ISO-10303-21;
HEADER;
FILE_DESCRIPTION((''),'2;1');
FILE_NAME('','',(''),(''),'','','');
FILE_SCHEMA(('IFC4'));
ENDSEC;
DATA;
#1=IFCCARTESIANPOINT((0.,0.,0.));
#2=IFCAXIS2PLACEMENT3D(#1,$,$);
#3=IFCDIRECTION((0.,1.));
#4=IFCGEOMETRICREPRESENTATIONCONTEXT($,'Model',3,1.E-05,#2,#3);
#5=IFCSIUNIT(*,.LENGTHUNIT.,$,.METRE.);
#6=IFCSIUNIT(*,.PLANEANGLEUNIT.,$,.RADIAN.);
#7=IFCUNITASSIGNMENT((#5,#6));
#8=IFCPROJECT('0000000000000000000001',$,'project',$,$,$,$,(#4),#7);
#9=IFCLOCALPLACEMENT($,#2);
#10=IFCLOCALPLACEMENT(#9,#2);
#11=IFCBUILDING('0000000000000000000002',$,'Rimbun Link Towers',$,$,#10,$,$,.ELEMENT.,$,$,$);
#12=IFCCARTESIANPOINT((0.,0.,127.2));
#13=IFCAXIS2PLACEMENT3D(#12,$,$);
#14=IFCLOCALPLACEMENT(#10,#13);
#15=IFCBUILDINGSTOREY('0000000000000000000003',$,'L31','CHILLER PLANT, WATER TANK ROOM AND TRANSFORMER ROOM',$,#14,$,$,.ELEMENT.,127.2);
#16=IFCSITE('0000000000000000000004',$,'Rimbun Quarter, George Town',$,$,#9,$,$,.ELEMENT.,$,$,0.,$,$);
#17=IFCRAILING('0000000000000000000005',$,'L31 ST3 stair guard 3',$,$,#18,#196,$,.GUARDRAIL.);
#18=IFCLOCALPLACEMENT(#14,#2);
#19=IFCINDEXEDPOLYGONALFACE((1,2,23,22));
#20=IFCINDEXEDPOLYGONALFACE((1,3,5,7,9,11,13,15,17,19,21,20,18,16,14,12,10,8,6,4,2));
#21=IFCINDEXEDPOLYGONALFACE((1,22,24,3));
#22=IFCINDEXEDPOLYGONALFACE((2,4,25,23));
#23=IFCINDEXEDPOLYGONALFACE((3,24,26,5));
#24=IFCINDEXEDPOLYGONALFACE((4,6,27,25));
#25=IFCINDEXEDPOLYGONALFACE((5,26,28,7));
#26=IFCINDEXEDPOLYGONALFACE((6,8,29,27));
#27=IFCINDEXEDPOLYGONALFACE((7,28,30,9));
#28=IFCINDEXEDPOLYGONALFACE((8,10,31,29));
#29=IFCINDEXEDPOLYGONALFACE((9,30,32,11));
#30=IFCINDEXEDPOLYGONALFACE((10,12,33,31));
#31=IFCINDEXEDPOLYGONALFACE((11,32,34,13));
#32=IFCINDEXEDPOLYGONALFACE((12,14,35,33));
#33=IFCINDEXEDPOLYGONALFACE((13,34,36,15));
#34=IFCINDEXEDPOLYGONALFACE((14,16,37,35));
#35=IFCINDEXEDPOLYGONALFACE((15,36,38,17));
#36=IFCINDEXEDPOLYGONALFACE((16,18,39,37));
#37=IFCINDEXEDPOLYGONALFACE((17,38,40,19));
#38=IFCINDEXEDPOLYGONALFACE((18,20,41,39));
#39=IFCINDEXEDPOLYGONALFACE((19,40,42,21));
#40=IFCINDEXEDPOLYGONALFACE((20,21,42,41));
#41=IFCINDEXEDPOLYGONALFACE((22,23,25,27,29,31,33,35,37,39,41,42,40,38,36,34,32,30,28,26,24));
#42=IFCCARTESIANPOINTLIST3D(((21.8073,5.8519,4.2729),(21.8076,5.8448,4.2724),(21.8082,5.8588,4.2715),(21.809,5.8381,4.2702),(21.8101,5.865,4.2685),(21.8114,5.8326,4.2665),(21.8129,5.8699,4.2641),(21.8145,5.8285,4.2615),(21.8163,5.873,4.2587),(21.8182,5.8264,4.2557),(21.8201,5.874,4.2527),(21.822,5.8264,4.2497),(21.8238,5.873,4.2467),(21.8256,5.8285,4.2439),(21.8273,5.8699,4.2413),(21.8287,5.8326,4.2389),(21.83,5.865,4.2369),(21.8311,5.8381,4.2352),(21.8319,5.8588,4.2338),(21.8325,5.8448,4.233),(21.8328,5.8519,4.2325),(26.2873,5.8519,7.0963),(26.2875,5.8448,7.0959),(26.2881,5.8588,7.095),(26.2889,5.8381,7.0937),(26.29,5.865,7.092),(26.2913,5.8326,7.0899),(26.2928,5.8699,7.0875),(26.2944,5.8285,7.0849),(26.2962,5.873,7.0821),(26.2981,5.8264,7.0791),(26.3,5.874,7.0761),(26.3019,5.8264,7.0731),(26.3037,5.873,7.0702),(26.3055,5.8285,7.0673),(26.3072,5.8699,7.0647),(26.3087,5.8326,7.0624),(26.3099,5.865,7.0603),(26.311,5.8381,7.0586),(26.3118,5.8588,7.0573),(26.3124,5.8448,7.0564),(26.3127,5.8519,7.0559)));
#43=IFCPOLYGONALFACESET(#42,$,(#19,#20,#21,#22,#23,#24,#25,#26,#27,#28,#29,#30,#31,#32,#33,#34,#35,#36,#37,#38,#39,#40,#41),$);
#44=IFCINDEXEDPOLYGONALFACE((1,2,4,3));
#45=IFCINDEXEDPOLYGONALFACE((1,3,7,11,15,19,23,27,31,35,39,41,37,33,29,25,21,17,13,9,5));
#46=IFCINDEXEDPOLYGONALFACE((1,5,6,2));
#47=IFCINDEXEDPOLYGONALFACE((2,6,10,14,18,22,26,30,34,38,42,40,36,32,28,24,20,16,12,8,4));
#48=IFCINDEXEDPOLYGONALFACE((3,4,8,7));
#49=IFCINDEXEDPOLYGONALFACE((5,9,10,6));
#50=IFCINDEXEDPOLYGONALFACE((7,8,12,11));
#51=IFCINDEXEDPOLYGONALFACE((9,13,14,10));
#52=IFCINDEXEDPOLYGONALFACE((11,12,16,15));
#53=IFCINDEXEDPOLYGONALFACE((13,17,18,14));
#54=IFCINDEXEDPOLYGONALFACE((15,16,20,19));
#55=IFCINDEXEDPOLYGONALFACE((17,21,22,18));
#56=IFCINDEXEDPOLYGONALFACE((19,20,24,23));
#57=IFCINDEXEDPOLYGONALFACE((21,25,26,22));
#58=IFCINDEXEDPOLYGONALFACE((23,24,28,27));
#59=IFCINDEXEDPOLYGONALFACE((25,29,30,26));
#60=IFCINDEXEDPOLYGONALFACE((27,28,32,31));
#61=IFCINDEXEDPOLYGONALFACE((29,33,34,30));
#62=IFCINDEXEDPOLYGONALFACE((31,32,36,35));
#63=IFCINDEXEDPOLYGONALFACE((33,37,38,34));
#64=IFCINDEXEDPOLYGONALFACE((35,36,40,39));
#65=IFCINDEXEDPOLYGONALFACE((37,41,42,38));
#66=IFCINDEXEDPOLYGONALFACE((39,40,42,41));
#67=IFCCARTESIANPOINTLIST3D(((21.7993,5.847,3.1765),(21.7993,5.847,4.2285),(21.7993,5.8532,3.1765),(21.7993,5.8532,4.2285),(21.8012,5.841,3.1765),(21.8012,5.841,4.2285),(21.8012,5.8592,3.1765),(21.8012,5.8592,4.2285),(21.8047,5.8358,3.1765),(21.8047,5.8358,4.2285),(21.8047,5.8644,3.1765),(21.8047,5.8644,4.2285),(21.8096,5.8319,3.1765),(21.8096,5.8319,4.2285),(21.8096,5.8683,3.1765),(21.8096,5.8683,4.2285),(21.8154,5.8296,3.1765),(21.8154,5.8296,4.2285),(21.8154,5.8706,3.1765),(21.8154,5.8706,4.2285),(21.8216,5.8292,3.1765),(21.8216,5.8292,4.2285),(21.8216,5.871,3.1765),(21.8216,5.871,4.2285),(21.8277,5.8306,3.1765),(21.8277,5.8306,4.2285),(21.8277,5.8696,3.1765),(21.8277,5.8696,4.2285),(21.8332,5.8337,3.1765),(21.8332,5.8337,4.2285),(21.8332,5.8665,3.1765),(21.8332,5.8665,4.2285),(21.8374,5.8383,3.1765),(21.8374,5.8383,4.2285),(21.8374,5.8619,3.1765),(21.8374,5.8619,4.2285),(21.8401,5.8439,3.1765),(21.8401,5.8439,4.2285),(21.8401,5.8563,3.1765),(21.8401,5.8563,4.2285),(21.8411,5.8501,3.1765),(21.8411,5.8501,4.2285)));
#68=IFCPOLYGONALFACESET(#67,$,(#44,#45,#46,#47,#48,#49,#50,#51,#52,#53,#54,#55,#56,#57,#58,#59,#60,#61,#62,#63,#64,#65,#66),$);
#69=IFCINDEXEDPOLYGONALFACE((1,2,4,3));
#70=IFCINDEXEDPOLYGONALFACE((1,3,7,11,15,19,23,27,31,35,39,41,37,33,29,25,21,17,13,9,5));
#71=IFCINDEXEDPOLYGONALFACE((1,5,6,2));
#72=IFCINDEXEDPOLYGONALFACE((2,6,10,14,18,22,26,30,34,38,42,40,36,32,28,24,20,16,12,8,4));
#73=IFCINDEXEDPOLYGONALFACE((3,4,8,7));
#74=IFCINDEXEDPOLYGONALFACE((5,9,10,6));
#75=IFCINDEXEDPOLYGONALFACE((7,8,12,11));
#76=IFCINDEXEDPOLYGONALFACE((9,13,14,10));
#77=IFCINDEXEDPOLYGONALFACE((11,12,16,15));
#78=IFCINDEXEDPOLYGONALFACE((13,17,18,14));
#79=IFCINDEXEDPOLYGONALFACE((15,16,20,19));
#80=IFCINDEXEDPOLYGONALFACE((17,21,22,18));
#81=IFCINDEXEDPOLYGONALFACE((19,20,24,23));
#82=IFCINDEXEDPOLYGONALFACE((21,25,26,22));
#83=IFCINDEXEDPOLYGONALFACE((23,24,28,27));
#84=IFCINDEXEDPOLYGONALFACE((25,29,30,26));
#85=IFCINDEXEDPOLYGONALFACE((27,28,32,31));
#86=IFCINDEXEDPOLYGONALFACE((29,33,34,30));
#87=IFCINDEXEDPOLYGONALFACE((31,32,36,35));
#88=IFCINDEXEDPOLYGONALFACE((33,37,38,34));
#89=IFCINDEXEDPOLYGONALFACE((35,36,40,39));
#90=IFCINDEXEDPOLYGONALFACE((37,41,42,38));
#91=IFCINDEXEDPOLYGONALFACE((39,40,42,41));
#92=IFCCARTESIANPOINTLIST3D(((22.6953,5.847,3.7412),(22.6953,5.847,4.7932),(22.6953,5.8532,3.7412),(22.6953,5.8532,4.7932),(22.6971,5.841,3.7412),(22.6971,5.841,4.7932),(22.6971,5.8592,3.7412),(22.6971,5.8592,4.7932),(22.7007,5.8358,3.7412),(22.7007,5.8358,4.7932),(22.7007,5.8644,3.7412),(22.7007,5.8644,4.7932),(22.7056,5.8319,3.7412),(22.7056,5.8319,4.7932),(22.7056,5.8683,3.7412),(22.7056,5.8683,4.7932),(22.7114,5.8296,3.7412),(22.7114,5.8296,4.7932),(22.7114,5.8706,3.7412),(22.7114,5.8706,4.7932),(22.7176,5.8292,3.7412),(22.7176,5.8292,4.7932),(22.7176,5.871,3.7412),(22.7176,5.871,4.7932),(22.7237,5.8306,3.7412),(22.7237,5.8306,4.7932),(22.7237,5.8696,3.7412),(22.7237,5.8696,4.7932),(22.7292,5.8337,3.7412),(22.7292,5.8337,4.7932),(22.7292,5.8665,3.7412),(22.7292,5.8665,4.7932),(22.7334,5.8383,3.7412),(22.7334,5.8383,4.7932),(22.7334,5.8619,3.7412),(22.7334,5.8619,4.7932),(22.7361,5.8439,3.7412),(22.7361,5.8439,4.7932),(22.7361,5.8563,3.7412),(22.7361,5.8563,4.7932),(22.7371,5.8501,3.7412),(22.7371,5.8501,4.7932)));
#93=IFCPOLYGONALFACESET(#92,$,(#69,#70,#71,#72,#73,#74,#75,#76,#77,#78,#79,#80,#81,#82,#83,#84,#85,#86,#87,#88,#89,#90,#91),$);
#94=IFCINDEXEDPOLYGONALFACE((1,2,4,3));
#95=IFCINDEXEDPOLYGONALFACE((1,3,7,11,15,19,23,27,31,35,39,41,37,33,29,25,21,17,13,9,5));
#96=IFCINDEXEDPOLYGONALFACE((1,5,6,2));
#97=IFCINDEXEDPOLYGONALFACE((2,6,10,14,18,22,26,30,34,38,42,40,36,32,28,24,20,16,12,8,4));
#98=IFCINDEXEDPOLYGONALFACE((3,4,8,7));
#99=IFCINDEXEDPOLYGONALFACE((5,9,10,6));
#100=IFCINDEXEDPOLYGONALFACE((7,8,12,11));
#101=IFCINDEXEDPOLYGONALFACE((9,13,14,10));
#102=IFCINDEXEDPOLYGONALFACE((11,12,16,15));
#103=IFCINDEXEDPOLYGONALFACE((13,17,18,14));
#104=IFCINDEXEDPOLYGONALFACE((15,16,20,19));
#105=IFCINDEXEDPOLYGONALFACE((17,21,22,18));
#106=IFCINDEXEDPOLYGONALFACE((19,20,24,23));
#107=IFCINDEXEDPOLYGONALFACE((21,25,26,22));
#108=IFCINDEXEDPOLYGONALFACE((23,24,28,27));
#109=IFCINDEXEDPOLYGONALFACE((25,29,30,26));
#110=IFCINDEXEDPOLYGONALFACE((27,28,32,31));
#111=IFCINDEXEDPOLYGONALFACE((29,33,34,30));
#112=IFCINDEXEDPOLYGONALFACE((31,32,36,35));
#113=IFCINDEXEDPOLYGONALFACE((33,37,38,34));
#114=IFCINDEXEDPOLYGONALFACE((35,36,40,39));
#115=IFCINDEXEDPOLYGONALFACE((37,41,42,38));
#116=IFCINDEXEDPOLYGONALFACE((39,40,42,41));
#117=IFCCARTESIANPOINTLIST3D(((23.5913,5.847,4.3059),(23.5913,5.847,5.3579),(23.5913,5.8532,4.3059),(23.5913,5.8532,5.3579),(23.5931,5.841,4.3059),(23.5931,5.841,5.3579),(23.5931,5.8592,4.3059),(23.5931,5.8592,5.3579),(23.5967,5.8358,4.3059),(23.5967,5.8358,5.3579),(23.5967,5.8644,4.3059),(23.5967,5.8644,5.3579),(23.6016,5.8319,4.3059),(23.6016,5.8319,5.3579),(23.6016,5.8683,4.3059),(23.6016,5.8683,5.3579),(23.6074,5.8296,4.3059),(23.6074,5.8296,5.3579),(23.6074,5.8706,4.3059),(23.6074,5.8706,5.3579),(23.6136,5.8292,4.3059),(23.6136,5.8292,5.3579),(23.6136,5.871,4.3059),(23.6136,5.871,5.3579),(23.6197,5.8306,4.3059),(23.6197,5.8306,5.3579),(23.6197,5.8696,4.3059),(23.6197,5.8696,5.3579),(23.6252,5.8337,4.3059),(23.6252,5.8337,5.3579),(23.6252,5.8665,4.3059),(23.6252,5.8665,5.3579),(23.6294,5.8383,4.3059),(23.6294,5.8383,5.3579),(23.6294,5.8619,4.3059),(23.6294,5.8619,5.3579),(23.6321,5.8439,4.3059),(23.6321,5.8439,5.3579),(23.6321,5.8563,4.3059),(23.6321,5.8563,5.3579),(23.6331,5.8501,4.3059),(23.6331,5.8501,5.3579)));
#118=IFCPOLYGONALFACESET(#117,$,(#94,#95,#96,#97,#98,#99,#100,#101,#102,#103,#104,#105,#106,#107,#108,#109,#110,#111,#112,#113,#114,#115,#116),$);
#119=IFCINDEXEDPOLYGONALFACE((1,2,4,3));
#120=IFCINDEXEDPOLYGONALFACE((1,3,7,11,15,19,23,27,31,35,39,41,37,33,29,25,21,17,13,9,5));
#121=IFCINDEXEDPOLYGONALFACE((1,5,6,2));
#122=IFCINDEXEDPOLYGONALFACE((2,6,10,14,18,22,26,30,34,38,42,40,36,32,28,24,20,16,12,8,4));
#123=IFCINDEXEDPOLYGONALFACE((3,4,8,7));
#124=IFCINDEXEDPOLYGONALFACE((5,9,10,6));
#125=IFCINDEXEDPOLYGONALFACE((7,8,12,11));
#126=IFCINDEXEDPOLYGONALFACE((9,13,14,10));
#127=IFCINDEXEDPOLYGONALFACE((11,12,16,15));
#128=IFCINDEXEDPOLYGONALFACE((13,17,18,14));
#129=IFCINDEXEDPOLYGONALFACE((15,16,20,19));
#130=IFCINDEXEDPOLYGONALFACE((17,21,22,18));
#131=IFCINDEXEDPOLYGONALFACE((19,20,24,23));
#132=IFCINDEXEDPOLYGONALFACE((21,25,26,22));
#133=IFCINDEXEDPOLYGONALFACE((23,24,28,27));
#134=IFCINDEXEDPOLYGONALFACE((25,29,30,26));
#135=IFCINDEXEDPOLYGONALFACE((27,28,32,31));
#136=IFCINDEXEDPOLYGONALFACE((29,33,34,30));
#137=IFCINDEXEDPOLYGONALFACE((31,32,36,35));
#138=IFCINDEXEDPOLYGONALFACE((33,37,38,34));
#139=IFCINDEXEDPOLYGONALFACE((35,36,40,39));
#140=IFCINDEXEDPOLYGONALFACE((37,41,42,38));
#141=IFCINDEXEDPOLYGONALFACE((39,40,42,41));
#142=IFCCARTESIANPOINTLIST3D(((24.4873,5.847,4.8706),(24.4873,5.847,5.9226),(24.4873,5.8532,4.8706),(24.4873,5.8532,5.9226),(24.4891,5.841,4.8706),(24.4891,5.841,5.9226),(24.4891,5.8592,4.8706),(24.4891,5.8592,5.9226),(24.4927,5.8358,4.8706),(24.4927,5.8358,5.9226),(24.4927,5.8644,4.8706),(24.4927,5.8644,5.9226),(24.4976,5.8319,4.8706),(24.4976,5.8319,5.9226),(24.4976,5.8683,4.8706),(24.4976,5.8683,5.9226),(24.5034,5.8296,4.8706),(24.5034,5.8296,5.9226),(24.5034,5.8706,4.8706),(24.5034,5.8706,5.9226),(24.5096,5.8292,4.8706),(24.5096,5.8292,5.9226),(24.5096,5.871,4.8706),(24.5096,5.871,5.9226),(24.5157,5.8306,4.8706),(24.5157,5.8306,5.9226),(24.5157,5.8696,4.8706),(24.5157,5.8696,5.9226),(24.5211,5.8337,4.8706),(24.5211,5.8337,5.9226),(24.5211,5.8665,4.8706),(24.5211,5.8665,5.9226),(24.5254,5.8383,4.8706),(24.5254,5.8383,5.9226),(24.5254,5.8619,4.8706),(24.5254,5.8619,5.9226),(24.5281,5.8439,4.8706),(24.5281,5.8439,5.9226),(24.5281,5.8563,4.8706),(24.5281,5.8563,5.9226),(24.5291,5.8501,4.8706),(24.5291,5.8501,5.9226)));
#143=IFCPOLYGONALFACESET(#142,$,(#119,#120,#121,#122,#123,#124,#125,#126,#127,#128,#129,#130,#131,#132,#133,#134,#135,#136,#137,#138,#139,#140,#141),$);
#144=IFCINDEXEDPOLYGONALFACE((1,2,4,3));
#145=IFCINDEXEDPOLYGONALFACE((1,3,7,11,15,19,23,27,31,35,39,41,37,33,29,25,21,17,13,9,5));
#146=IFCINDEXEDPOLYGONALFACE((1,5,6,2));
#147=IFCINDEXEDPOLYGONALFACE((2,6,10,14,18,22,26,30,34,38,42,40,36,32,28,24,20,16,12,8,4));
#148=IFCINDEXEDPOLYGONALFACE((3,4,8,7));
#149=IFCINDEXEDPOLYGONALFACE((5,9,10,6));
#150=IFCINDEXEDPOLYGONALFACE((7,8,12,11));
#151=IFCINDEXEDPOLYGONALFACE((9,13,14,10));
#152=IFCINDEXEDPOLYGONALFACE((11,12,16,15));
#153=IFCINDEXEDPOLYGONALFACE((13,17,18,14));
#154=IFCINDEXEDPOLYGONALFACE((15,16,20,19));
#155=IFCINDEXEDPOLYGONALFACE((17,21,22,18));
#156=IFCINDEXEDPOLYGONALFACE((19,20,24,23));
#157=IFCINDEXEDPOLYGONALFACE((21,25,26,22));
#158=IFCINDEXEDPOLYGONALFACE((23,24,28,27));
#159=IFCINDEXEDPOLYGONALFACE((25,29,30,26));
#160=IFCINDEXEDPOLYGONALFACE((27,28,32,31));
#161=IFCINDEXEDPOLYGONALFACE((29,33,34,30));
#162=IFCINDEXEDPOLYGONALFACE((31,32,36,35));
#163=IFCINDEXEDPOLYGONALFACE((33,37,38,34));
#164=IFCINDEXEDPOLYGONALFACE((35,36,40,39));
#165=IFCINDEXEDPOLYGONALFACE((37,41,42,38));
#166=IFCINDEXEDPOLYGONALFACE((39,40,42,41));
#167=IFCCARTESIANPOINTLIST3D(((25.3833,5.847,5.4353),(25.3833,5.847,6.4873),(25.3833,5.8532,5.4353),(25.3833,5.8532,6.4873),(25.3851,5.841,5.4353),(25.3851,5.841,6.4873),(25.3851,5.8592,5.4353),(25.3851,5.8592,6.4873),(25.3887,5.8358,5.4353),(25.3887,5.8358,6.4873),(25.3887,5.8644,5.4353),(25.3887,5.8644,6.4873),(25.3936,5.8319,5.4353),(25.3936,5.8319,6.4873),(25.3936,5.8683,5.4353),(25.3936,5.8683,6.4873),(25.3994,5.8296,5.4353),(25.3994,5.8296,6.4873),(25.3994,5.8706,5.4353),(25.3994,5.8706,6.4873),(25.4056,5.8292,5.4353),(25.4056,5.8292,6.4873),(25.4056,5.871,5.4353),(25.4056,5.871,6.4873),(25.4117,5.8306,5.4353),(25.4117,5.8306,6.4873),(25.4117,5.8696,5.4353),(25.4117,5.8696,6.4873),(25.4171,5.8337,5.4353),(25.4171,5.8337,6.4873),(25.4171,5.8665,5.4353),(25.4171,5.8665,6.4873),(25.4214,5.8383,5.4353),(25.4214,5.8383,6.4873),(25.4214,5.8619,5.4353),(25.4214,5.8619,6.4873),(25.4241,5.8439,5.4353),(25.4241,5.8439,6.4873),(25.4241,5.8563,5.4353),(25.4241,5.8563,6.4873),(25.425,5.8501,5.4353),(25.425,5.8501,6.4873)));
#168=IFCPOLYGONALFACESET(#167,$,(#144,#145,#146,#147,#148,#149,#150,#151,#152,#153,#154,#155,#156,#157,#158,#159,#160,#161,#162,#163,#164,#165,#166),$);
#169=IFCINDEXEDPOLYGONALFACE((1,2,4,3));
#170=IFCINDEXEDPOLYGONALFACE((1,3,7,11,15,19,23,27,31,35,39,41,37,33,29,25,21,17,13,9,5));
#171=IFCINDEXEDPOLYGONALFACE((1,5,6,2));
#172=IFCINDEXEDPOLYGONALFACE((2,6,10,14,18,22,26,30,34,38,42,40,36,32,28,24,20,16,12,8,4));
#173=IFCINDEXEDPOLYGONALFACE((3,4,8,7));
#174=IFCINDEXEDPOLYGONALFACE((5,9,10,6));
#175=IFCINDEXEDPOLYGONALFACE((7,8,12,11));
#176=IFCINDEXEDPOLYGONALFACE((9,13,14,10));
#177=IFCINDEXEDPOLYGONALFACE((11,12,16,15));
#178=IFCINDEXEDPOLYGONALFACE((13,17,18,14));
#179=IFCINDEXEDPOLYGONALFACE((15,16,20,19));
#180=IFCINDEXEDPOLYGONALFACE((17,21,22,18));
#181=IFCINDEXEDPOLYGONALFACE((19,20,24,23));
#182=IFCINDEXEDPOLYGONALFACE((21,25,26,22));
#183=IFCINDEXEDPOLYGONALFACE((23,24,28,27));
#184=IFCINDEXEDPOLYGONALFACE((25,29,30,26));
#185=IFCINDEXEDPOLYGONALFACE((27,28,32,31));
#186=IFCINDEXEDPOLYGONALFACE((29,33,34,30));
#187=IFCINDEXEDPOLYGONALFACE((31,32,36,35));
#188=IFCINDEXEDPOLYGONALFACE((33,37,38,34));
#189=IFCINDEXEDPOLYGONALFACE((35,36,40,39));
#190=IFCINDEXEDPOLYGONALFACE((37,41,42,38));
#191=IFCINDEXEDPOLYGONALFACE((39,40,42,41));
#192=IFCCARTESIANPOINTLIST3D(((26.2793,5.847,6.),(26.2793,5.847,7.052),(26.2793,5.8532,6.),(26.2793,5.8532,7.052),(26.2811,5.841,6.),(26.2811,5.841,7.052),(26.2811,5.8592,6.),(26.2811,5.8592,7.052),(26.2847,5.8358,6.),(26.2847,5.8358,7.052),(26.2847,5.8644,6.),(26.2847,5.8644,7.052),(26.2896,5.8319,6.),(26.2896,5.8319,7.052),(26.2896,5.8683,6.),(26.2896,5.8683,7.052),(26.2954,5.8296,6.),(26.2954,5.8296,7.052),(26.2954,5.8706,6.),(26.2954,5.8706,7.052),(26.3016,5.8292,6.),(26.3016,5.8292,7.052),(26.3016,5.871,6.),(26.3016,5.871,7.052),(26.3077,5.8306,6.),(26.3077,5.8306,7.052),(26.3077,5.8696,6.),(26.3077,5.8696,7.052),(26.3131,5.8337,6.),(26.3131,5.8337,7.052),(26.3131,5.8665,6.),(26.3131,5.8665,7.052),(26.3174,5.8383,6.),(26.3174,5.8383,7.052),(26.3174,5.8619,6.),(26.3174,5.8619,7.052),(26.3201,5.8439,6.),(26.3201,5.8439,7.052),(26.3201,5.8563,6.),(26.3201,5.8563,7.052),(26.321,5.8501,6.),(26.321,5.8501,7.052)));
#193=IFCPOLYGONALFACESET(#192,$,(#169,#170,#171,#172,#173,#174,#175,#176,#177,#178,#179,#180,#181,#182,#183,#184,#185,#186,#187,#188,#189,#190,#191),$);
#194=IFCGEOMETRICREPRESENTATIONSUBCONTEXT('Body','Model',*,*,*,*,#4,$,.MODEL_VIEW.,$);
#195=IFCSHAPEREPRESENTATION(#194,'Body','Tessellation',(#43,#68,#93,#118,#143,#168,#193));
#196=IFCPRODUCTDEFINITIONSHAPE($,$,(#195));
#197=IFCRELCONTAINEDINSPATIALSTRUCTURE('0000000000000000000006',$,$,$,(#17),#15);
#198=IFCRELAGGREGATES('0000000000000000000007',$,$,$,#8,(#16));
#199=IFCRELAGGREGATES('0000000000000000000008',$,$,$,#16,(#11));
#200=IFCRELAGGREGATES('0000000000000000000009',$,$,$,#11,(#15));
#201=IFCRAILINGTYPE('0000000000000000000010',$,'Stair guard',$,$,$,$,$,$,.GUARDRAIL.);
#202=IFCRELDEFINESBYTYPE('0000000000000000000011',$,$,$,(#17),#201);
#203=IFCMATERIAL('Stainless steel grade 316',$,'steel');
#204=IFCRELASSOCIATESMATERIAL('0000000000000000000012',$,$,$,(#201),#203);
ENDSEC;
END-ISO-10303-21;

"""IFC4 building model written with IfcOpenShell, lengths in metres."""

from ifc_helpers import new_model, si_unit, direction, frame, origin, origin_2d, place, context, subcontext, project, spatial, circle, extrude, material, type_object, element, save


model = new_model("IFC4")

# Units and contexts
model_context = context("Model", 3, precision=1e-05, world=origin(), true_north=direction((0.0, 1.0)))
body_context = subcontext(model_context, "Body", "Model", "MODEL_VIEW")
ifc_project = project(units=[si_unit("LENGTHUNIT", "METRE"), si_unit("PLANEANGLEUNIT", "RADIAN")], contexts=[model_context])

# Site, building, storey
site_placement = place(None, origin())
site = spatial("IfcSite", under=ifc_project, at=site_placement, Name="Rimbun Quarter, George Town", CompositionType="ELEMENT", RefElevation=0.0)
building_placement = place(site_placement, origin())
building = spatial("IfcBuilding", under=site, at=building_placement, Name="Rimbun Link Towers", CompositionType="ELEMENT")
storey_placement = place(building_placement, frame((0.0, 0.0, 127.2)))
storey = spatial("IfcBuildingStorey", under=building, at=storey_placement, Name="L31", Description="CHILLER PLANT, WATER TANK ROOM AND TRANSFORMER ROOM", CompositionType="ELEMENT", Elevation=127.2)

# Railing
ifc_material_1 = material(Name="Stainless steel grade 316", Category="steel")
railing_type_1 = type_object("IfcRailingType", Name="Stair guard", PredefinedType="GUARDRAIL", material=ifc_material_1)
railing_1_placement = place(storey_placement, frame((21.8201, 5.8501, 3.1765)))
element("IfcRailing", 1, at=railing_1_placement, inside=storey, type_object=railing_type_1, Name="L31 ST3 stair guard 3", PredefinedType="GUARDRAIL", context=body_context, shape_type="SweptSolid", body=[
    extrude(circle(Radius=0.0239, at=origin_2d()), frame((0.0, 0.0, 1.0762), z_axis=(0.845998, 0.0, 0.533186), x_axis=(0.0, 1.0, 0.0)), (0.0, 0.0, 1.0), 5.2954),
    extrude(circle(Radius=0.021, at=origin_2d()), origin(), (0.0, 0.0, 1.0), 1.052),
    extrude(circle(Radius=0.021, at=origin_2d()), frame((0.896, 0.0, 0.5647)), (0.0, 0.0, 1.0), 1.052),
    extrude(circle(Radius=0.021, at=origin_2d()), frame((1.792, 0.0, 1.1294)), (0.0, 0.0, 1.0), 1.052),
    extrude(circle(Radius=0.021, at=origin_2d()), frame((2.688, 0.0, 1.6941)), (0.0, 0.0, 1.0), 1.052),
    extrude(circle(Radius=0.021, at=origin_2d()), frame((3.584, 0.0, 2.2588)), (0.0, 0.0, 1.0), 1.052),
    extrude(circle(Radius=0.021, at=origin_2d()), frame((4.48, 0.0, 2.8235)), (0.0, 0.0, 1.0), 1.052),
])

save(model, "model.ifc")
